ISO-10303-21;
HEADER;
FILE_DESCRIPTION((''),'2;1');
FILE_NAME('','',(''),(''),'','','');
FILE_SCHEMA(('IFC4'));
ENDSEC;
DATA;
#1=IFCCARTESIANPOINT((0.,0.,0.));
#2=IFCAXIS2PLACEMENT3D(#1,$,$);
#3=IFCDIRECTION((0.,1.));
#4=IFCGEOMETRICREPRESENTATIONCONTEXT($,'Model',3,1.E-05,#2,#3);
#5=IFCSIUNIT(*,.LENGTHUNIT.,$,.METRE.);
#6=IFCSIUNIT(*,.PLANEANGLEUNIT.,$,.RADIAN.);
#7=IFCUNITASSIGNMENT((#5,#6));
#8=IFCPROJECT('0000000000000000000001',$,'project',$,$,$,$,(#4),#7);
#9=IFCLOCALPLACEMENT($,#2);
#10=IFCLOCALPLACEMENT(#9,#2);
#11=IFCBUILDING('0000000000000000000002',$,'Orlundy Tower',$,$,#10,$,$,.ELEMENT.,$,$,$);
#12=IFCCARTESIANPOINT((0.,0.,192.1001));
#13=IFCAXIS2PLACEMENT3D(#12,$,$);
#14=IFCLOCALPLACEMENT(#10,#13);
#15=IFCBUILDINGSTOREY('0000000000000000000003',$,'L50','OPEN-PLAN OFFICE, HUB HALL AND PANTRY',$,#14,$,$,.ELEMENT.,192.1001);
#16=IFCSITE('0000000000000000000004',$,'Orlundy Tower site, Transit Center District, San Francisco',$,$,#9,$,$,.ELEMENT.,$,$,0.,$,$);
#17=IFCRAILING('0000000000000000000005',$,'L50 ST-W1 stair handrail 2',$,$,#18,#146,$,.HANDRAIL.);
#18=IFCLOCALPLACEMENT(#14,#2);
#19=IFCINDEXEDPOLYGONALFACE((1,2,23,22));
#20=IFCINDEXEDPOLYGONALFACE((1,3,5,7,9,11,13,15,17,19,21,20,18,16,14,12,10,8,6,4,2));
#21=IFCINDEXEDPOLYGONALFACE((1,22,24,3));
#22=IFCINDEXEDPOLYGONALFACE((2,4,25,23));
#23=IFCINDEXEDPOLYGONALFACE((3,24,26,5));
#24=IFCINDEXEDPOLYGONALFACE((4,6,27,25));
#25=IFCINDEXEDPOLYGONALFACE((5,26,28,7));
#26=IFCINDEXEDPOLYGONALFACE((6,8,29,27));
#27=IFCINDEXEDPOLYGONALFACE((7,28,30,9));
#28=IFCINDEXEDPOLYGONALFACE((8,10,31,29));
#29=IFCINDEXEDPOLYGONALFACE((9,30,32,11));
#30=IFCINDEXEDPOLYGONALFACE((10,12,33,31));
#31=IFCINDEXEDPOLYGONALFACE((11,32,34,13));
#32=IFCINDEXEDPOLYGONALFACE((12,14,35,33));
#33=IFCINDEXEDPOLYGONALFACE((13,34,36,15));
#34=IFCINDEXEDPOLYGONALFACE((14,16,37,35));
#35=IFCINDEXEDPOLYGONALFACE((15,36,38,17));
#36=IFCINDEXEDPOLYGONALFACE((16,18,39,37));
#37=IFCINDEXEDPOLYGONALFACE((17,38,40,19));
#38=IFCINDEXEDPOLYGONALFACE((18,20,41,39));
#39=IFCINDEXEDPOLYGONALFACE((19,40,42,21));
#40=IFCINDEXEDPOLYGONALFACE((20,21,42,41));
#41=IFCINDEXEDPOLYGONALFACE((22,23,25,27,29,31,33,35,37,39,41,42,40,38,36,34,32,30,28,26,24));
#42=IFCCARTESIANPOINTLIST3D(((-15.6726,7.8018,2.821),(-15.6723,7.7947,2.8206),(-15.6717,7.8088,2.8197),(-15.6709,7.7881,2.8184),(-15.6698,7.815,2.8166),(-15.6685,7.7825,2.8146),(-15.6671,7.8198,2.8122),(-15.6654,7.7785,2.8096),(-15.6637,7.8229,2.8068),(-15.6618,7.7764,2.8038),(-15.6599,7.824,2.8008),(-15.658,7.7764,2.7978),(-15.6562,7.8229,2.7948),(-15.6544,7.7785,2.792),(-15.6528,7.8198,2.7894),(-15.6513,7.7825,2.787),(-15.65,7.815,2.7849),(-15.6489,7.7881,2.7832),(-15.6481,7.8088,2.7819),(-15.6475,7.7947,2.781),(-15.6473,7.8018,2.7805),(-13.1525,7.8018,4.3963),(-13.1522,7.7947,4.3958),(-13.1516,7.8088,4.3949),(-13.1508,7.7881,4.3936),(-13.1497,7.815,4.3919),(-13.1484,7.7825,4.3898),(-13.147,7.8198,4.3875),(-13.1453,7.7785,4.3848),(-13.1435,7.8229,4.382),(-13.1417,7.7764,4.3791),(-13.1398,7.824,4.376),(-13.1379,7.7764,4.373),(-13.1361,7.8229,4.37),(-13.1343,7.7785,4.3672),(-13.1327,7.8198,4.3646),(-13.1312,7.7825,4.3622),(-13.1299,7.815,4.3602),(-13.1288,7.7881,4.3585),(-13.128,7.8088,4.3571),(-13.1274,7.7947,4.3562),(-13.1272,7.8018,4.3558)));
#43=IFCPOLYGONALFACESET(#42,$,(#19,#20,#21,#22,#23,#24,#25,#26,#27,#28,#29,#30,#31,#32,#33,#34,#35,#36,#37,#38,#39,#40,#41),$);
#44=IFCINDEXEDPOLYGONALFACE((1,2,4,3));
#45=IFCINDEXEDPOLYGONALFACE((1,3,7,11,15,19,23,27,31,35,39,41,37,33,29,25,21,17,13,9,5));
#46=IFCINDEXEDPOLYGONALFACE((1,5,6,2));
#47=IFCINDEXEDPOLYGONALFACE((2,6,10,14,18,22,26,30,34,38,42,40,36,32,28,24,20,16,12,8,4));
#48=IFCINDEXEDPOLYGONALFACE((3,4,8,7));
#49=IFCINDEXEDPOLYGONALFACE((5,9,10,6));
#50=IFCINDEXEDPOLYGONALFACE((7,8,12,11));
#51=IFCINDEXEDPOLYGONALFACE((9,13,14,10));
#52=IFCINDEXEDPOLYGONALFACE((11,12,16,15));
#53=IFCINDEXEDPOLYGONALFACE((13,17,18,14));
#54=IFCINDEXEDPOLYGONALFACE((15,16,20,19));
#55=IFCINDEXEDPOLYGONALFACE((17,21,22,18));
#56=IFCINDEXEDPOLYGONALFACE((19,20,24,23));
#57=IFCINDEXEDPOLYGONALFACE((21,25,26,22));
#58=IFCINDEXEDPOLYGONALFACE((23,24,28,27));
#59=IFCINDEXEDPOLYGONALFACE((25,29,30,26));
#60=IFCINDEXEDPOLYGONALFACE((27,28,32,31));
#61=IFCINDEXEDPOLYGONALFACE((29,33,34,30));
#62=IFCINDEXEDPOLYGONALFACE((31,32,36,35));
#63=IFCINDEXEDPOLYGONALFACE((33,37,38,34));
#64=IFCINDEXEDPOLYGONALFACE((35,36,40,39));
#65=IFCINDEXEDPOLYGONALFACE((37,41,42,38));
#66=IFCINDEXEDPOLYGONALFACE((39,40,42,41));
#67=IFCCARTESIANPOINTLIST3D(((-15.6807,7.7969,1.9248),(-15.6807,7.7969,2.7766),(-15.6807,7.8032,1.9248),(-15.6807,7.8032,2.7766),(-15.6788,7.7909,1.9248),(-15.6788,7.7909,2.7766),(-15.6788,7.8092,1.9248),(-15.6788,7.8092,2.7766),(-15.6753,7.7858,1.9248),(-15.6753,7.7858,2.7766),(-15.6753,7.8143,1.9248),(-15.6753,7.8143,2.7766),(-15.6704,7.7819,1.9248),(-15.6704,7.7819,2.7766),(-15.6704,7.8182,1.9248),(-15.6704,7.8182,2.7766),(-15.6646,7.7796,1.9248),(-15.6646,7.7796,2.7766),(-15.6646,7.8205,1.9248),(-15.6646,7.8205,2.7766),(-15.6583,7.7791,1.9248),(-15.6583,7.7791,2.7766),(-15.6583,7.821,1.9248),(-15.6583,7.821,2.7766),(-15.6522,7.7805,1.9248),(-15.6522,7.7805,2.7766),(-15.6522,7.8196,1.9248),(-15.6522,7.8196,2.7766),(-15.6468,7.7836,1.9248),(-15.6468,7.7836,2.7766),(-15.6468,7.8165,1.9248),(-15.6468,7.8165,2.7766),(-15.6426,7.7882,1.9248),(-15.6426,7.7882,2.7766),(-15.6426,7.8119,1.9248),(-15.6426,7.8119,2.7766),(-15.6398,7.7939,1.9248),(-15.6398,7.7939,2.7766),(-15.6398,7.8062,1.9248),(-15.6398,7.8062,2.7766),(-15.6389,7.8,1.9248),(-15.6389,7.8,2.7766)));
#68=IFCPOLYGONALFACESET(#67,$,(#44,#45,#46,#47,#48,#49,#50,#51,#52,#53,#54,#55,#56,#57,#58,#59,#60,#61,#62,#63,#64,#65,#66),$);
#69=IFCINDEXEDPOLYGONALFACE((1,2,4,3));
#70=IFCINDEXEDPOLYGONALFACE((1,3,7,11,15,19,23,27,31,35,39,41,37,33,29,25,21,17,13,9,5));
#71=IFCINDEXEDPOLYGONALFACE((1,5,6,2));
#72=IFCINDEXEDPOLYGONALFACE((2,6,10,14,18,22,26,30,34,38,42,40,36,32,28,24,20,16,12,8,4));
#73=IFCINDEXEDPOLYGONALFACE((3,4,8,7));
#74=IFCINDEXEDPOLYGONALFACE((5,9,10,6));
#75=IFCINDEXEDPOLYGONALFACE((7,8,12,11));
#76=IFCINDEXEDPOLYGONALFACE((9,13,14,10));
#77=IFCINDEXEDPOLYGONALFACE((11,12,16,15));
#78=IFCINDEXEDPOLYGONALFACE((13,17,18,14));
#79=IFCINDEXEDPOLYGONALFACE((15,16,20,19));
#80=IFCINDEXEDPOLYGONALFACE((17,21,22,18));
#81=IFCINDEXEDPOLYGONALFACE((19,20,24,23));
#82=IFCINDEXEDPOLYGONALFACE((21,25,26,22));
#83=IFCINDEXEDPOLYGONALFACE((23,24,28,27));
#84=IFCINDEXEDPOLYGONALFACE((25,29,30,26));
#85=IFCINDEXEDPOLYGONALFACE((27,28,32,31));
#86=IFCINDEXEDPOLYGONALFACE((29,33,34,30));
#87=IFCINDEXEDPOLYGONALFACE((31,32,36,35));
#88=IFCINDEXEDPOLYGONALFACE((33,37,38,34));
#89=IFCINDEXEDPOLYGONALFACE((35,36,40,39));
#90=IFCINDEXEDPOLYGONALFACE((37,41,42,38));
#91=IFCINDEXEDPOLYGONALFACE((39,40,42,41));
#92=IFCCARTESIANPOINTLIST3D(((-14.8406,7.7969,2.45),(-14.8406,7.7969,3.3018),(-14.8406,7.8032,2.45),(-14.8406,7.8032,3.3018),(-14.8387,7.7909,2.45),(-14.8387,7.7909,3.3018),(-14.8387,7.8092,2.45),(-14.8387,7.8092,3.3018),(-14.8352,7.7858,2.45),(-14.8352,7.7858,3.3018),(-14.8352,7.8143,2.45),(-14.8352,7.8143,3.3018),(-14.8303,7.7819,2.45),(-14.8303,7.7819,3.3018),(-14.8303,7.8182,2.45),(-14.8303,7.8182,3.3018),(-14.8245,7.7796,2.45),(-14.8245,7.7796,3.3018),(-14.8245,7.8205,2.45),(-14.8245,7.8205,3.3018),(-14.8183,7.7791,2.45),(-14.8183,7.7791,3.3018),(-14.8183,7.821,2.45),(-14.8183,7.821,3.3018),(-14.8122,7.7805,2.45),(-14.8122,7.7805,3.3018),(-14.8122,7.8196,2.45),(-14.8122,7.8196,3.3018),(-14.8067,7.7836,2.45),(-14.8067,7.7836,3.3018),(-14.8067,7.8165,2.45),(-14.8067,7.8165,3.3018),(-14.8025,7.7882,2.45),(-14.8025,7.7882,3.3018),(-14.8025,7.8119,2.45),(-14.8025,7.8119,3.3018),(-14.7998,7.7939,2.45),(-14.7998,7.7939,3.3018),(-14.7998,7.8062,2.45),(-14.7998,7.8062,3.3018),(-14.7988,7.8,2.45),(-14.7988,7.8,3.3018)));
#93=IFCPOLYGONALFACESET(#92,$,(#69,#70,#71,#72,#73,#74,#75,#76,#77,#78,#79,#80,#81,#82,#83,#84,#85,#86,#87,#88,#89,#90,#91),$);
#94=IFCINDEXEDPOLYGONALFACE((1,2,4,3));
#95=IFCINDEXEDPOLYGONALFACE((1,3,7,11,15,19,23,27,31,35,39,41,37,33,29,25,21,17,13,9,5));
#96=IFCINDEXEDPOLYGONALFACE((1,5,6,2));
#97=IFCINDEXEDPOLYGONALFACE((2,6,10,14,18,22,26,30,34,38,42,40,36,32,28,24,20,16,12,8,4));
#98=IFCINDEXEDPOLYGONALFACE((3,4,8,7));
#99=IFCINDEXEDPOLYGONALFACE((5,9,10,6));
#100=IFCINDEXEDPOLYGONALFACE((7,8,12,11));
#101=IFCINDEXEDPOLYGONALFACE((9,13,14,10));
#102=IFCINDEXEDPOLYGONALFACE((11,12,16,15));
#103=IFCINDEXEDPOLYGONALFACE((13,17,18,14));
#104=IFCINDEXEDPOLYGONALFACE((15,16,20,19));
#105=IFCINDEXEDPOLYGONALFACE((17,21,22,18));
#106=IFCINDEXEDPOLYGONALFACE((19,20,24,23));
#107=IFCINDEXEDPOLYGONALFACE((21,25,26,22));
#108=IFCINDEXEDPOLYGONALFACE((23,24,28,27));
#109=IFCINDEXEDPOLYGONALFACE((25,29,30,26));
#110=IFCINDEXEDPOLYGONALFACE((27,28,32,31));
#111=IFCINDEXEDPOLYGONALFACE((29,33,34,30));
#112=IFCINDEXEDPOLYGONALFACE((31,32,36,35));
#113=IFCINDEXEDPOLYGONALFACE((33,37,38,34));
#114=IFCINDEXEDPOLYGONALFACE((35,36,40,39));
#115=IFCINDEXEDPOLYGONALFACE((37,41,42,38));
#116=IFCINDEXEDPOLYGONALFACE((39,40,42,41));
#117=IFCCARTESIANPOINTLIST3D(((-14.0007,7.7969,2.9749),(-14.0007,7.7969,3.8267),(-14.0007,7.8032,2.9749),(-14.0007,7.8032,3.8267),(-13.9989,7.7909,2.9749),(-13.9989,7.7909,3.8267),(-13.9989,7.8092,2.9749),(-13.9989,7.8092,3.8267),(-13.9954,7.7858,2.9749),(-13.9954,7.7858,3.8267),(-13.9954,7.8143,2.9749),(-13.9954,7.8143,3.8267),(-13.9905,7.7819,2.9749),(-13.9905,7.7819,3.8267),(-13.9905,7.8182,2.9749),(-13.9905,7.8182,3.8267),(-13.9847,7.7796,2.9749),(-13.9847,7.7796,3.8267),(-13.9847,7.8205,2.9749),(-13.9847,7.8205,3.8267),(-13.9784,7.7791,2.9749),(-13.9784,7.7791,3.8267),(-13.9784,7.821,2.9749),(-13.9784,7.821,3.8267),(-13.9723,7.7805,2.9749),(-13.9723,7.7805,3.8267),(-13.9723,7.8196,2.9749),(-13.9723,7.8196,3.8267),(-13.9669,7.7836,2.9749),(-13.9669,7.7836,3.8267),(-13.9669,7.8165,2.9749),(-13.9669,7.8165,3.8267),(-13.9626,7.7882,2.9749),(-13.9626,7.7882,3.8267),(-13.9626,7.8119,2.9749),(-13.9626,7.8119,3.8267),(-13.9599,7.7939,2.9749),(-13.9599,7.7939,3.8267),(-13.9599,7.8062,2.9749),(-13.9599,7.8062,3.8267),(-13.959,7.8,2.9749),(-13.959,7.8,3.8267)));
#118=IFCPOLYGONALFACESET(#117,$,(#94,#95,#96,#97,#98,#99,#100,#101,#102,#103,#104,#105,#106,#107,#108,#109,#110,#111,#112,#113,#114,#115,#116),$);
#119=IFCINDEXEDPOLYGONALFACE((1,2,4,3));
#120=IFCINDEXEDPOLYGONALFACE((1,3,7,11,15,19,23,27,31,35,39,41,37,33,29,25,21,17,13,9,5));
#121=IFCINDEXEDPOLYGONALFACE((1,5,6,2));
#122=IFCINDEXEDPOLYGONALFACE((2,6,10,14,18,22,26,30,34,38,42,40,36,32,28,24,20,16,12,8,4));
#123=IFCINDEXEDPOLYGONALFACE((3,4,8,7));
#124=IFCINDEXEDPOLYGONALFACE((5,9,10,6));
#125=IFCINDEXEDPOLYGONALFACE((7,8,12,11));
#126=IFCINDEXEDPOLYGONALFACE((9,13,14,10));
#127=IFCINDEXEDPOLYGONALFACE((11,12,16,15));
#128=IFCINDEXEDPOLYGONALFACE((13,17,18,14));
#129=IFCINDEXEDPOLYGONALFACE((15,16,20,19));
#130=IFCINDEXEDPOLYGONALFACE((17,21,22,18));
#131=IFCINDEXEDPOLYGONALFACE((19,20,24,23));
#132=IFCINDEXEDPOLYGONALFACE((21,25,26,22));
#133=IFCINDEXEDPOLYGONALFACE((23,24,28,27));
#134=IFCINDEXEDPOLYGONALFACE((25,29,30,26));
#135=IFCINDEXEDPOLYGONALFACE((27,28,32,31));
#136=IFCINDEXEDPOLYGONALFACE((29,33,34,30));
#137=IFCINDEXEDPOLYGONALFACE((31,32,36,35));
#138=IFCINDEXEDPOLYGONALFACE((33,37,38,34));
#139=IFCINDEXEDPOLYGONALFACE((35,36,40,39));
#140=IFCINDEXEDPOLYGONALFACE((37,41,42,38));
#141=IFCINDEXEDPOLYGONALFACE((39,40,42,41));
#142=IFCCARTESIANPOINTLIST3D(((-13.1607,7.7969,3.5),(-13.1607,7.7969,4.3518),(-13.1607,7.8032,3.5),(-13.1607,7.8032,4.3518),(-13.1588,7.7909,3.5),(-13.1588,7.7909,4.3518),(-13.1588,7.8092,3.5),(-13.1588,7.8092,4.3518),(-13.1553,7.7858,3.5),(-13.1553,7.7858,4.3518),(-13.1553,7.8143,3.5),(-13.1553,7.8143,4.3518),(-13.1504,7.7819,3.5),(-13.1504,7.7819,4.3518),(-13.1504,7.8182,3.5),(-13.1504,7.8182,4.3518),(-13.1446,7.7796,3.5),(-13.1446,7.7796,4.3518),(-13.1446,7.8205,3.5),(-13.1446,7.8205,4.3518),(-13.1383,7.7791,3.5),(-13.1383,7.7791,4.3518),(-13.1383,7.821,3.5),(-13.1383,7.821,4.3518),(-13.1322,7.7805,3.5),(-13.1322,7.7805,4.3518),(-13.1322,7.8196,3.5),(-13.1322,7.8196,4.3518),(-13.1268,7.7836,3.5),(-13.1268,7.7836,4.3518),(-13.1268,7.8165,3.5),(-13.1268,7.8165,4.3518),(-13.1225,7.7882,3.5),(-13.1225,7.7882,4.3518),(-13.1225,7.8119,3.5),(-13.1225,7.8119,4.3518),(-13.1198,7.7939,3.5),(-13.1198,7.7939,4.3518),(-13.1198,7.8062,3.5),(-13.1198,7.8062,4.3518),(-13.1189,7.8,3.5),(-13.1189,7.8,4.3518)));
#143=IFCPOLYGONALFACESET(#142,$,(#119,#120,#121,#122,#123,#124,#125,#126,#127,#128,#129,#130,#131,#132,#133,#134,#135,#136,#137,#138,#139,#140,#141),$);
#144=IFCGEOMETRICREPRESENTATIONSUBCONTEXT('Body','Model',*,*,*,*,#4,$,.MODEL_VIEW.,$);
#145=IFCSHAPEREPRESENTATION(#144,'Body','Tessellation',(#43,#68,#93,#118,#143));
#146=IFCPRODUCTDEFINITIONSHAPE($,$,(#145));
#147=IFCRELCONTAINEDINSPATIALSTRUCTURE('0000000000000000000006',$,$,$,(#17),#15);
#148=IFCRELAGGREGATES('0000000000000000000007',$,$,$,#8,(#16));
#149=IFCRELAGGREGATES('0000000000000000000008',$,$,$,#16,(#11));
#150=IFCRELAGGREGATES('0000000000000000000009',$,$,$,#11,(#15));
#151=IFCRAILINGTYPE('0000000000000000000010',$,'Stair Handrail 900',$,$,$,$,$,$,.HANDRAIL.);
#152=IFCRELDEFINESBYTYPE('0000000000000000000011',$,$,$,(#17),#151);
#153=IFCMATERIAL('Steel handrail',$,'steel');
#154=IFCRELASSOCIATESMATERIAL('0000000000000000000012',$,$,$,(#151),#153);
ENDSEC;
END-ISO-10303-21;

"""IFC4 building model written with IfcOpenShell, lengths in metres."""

from ifc_helpers import new_model, si_unit, direction, frame, origin, origin_2d, place, context, subcontext, project, spatial, circle, extrude, material, type_object, element, save


model = new_model("IFC4")

# Units and contexts
model_context = context("Model", 3, precision=1e-05, world=origin(), true_north=direction((0.0, 1.0)))
body_context = subcontext(model_context, "Body", "Model", "MODEL_VIEW")
ifc_project = project(units=[si_unit("LENGTHUNIT", "METRE"), si_unit("PLANEANGLEUNIT", "RADIAN")], contexts=[model_context])

# Site, building, storey
site_placement = place(None, origin())
site = spatial("IfcSite", under=ifc_project, at=site_placement, Name="Orlundy Tower site, Transit Center District, San Francisco", CompositionType="ELEMENT", RefElevation=0.0)
building_placement = place(site_placement, origin())
building = spatial("IfcBuilding", under=site, at=building_placement, Name="Orlundy Tower", CompositionType="ELEMENT")
storey_placement = place(building_placement, frame((0.0, 0.0, 192.1001)))
storey = spatial("IfcBuildingStorey", under=building, at=storey_placement, Name="L50", Description="OPEN-PLAN OFFICE, HUB HALL AND PANTRY", CompositionType="ELEMENT", Elevation=192.1001)

# Railing
ifc_material_1 = material(Name="Steel handrail", Category="steel")
railing_type = type_object("IfcRailingType", Name="Stair Handrail 900", PredefinedType="HANDRAIL", material=ifc_material_1)
railing_placement = place(storey_placement, frame((-15.6599, 7.8, 1.9248)))
element("IfcRailing", 1, at=railing_placement, inside=storey, type_object=railing_type, Name="L50 ST-W1 stair handrail 2", PredefinedType="HANDRAIL", context=body_context, shape_type="SweptSolid", body=[
    extrude(circle(Radius=0.0239, at=origin_2d()), frame((0.0, 0.0, 0.876), z_axis=(0.847971, 0.0, 0.530043), x_axis=(0.0, 1.0, 0.0)), (0.0, 0.0, 1.0), 2.9719),
    extrude(circle(Radius=0.021, at=origin_2d()), origin(), (0.0, 0.0, 1.0), 0.8518),
    extrude(circle(Radius=0.021, at=origin_2d()), frame((0.8401, 0.0, 0.5251)), (0.0, 0.0, 1.0), 0.8518),
    extrude(circle(Radius=0.021, at=origin_2d()), frame((1.6799, 0.0, 1.05)), (0.0, 0.0, 1.0), 0.8518),
    extrude(circle(Radius=0.021, at=origin_2d()), frame((2.52, 0.0, 1.5752)), (0.0, 0.0, 1.0), 0.8518),
])

save(model, "model.ifc")
